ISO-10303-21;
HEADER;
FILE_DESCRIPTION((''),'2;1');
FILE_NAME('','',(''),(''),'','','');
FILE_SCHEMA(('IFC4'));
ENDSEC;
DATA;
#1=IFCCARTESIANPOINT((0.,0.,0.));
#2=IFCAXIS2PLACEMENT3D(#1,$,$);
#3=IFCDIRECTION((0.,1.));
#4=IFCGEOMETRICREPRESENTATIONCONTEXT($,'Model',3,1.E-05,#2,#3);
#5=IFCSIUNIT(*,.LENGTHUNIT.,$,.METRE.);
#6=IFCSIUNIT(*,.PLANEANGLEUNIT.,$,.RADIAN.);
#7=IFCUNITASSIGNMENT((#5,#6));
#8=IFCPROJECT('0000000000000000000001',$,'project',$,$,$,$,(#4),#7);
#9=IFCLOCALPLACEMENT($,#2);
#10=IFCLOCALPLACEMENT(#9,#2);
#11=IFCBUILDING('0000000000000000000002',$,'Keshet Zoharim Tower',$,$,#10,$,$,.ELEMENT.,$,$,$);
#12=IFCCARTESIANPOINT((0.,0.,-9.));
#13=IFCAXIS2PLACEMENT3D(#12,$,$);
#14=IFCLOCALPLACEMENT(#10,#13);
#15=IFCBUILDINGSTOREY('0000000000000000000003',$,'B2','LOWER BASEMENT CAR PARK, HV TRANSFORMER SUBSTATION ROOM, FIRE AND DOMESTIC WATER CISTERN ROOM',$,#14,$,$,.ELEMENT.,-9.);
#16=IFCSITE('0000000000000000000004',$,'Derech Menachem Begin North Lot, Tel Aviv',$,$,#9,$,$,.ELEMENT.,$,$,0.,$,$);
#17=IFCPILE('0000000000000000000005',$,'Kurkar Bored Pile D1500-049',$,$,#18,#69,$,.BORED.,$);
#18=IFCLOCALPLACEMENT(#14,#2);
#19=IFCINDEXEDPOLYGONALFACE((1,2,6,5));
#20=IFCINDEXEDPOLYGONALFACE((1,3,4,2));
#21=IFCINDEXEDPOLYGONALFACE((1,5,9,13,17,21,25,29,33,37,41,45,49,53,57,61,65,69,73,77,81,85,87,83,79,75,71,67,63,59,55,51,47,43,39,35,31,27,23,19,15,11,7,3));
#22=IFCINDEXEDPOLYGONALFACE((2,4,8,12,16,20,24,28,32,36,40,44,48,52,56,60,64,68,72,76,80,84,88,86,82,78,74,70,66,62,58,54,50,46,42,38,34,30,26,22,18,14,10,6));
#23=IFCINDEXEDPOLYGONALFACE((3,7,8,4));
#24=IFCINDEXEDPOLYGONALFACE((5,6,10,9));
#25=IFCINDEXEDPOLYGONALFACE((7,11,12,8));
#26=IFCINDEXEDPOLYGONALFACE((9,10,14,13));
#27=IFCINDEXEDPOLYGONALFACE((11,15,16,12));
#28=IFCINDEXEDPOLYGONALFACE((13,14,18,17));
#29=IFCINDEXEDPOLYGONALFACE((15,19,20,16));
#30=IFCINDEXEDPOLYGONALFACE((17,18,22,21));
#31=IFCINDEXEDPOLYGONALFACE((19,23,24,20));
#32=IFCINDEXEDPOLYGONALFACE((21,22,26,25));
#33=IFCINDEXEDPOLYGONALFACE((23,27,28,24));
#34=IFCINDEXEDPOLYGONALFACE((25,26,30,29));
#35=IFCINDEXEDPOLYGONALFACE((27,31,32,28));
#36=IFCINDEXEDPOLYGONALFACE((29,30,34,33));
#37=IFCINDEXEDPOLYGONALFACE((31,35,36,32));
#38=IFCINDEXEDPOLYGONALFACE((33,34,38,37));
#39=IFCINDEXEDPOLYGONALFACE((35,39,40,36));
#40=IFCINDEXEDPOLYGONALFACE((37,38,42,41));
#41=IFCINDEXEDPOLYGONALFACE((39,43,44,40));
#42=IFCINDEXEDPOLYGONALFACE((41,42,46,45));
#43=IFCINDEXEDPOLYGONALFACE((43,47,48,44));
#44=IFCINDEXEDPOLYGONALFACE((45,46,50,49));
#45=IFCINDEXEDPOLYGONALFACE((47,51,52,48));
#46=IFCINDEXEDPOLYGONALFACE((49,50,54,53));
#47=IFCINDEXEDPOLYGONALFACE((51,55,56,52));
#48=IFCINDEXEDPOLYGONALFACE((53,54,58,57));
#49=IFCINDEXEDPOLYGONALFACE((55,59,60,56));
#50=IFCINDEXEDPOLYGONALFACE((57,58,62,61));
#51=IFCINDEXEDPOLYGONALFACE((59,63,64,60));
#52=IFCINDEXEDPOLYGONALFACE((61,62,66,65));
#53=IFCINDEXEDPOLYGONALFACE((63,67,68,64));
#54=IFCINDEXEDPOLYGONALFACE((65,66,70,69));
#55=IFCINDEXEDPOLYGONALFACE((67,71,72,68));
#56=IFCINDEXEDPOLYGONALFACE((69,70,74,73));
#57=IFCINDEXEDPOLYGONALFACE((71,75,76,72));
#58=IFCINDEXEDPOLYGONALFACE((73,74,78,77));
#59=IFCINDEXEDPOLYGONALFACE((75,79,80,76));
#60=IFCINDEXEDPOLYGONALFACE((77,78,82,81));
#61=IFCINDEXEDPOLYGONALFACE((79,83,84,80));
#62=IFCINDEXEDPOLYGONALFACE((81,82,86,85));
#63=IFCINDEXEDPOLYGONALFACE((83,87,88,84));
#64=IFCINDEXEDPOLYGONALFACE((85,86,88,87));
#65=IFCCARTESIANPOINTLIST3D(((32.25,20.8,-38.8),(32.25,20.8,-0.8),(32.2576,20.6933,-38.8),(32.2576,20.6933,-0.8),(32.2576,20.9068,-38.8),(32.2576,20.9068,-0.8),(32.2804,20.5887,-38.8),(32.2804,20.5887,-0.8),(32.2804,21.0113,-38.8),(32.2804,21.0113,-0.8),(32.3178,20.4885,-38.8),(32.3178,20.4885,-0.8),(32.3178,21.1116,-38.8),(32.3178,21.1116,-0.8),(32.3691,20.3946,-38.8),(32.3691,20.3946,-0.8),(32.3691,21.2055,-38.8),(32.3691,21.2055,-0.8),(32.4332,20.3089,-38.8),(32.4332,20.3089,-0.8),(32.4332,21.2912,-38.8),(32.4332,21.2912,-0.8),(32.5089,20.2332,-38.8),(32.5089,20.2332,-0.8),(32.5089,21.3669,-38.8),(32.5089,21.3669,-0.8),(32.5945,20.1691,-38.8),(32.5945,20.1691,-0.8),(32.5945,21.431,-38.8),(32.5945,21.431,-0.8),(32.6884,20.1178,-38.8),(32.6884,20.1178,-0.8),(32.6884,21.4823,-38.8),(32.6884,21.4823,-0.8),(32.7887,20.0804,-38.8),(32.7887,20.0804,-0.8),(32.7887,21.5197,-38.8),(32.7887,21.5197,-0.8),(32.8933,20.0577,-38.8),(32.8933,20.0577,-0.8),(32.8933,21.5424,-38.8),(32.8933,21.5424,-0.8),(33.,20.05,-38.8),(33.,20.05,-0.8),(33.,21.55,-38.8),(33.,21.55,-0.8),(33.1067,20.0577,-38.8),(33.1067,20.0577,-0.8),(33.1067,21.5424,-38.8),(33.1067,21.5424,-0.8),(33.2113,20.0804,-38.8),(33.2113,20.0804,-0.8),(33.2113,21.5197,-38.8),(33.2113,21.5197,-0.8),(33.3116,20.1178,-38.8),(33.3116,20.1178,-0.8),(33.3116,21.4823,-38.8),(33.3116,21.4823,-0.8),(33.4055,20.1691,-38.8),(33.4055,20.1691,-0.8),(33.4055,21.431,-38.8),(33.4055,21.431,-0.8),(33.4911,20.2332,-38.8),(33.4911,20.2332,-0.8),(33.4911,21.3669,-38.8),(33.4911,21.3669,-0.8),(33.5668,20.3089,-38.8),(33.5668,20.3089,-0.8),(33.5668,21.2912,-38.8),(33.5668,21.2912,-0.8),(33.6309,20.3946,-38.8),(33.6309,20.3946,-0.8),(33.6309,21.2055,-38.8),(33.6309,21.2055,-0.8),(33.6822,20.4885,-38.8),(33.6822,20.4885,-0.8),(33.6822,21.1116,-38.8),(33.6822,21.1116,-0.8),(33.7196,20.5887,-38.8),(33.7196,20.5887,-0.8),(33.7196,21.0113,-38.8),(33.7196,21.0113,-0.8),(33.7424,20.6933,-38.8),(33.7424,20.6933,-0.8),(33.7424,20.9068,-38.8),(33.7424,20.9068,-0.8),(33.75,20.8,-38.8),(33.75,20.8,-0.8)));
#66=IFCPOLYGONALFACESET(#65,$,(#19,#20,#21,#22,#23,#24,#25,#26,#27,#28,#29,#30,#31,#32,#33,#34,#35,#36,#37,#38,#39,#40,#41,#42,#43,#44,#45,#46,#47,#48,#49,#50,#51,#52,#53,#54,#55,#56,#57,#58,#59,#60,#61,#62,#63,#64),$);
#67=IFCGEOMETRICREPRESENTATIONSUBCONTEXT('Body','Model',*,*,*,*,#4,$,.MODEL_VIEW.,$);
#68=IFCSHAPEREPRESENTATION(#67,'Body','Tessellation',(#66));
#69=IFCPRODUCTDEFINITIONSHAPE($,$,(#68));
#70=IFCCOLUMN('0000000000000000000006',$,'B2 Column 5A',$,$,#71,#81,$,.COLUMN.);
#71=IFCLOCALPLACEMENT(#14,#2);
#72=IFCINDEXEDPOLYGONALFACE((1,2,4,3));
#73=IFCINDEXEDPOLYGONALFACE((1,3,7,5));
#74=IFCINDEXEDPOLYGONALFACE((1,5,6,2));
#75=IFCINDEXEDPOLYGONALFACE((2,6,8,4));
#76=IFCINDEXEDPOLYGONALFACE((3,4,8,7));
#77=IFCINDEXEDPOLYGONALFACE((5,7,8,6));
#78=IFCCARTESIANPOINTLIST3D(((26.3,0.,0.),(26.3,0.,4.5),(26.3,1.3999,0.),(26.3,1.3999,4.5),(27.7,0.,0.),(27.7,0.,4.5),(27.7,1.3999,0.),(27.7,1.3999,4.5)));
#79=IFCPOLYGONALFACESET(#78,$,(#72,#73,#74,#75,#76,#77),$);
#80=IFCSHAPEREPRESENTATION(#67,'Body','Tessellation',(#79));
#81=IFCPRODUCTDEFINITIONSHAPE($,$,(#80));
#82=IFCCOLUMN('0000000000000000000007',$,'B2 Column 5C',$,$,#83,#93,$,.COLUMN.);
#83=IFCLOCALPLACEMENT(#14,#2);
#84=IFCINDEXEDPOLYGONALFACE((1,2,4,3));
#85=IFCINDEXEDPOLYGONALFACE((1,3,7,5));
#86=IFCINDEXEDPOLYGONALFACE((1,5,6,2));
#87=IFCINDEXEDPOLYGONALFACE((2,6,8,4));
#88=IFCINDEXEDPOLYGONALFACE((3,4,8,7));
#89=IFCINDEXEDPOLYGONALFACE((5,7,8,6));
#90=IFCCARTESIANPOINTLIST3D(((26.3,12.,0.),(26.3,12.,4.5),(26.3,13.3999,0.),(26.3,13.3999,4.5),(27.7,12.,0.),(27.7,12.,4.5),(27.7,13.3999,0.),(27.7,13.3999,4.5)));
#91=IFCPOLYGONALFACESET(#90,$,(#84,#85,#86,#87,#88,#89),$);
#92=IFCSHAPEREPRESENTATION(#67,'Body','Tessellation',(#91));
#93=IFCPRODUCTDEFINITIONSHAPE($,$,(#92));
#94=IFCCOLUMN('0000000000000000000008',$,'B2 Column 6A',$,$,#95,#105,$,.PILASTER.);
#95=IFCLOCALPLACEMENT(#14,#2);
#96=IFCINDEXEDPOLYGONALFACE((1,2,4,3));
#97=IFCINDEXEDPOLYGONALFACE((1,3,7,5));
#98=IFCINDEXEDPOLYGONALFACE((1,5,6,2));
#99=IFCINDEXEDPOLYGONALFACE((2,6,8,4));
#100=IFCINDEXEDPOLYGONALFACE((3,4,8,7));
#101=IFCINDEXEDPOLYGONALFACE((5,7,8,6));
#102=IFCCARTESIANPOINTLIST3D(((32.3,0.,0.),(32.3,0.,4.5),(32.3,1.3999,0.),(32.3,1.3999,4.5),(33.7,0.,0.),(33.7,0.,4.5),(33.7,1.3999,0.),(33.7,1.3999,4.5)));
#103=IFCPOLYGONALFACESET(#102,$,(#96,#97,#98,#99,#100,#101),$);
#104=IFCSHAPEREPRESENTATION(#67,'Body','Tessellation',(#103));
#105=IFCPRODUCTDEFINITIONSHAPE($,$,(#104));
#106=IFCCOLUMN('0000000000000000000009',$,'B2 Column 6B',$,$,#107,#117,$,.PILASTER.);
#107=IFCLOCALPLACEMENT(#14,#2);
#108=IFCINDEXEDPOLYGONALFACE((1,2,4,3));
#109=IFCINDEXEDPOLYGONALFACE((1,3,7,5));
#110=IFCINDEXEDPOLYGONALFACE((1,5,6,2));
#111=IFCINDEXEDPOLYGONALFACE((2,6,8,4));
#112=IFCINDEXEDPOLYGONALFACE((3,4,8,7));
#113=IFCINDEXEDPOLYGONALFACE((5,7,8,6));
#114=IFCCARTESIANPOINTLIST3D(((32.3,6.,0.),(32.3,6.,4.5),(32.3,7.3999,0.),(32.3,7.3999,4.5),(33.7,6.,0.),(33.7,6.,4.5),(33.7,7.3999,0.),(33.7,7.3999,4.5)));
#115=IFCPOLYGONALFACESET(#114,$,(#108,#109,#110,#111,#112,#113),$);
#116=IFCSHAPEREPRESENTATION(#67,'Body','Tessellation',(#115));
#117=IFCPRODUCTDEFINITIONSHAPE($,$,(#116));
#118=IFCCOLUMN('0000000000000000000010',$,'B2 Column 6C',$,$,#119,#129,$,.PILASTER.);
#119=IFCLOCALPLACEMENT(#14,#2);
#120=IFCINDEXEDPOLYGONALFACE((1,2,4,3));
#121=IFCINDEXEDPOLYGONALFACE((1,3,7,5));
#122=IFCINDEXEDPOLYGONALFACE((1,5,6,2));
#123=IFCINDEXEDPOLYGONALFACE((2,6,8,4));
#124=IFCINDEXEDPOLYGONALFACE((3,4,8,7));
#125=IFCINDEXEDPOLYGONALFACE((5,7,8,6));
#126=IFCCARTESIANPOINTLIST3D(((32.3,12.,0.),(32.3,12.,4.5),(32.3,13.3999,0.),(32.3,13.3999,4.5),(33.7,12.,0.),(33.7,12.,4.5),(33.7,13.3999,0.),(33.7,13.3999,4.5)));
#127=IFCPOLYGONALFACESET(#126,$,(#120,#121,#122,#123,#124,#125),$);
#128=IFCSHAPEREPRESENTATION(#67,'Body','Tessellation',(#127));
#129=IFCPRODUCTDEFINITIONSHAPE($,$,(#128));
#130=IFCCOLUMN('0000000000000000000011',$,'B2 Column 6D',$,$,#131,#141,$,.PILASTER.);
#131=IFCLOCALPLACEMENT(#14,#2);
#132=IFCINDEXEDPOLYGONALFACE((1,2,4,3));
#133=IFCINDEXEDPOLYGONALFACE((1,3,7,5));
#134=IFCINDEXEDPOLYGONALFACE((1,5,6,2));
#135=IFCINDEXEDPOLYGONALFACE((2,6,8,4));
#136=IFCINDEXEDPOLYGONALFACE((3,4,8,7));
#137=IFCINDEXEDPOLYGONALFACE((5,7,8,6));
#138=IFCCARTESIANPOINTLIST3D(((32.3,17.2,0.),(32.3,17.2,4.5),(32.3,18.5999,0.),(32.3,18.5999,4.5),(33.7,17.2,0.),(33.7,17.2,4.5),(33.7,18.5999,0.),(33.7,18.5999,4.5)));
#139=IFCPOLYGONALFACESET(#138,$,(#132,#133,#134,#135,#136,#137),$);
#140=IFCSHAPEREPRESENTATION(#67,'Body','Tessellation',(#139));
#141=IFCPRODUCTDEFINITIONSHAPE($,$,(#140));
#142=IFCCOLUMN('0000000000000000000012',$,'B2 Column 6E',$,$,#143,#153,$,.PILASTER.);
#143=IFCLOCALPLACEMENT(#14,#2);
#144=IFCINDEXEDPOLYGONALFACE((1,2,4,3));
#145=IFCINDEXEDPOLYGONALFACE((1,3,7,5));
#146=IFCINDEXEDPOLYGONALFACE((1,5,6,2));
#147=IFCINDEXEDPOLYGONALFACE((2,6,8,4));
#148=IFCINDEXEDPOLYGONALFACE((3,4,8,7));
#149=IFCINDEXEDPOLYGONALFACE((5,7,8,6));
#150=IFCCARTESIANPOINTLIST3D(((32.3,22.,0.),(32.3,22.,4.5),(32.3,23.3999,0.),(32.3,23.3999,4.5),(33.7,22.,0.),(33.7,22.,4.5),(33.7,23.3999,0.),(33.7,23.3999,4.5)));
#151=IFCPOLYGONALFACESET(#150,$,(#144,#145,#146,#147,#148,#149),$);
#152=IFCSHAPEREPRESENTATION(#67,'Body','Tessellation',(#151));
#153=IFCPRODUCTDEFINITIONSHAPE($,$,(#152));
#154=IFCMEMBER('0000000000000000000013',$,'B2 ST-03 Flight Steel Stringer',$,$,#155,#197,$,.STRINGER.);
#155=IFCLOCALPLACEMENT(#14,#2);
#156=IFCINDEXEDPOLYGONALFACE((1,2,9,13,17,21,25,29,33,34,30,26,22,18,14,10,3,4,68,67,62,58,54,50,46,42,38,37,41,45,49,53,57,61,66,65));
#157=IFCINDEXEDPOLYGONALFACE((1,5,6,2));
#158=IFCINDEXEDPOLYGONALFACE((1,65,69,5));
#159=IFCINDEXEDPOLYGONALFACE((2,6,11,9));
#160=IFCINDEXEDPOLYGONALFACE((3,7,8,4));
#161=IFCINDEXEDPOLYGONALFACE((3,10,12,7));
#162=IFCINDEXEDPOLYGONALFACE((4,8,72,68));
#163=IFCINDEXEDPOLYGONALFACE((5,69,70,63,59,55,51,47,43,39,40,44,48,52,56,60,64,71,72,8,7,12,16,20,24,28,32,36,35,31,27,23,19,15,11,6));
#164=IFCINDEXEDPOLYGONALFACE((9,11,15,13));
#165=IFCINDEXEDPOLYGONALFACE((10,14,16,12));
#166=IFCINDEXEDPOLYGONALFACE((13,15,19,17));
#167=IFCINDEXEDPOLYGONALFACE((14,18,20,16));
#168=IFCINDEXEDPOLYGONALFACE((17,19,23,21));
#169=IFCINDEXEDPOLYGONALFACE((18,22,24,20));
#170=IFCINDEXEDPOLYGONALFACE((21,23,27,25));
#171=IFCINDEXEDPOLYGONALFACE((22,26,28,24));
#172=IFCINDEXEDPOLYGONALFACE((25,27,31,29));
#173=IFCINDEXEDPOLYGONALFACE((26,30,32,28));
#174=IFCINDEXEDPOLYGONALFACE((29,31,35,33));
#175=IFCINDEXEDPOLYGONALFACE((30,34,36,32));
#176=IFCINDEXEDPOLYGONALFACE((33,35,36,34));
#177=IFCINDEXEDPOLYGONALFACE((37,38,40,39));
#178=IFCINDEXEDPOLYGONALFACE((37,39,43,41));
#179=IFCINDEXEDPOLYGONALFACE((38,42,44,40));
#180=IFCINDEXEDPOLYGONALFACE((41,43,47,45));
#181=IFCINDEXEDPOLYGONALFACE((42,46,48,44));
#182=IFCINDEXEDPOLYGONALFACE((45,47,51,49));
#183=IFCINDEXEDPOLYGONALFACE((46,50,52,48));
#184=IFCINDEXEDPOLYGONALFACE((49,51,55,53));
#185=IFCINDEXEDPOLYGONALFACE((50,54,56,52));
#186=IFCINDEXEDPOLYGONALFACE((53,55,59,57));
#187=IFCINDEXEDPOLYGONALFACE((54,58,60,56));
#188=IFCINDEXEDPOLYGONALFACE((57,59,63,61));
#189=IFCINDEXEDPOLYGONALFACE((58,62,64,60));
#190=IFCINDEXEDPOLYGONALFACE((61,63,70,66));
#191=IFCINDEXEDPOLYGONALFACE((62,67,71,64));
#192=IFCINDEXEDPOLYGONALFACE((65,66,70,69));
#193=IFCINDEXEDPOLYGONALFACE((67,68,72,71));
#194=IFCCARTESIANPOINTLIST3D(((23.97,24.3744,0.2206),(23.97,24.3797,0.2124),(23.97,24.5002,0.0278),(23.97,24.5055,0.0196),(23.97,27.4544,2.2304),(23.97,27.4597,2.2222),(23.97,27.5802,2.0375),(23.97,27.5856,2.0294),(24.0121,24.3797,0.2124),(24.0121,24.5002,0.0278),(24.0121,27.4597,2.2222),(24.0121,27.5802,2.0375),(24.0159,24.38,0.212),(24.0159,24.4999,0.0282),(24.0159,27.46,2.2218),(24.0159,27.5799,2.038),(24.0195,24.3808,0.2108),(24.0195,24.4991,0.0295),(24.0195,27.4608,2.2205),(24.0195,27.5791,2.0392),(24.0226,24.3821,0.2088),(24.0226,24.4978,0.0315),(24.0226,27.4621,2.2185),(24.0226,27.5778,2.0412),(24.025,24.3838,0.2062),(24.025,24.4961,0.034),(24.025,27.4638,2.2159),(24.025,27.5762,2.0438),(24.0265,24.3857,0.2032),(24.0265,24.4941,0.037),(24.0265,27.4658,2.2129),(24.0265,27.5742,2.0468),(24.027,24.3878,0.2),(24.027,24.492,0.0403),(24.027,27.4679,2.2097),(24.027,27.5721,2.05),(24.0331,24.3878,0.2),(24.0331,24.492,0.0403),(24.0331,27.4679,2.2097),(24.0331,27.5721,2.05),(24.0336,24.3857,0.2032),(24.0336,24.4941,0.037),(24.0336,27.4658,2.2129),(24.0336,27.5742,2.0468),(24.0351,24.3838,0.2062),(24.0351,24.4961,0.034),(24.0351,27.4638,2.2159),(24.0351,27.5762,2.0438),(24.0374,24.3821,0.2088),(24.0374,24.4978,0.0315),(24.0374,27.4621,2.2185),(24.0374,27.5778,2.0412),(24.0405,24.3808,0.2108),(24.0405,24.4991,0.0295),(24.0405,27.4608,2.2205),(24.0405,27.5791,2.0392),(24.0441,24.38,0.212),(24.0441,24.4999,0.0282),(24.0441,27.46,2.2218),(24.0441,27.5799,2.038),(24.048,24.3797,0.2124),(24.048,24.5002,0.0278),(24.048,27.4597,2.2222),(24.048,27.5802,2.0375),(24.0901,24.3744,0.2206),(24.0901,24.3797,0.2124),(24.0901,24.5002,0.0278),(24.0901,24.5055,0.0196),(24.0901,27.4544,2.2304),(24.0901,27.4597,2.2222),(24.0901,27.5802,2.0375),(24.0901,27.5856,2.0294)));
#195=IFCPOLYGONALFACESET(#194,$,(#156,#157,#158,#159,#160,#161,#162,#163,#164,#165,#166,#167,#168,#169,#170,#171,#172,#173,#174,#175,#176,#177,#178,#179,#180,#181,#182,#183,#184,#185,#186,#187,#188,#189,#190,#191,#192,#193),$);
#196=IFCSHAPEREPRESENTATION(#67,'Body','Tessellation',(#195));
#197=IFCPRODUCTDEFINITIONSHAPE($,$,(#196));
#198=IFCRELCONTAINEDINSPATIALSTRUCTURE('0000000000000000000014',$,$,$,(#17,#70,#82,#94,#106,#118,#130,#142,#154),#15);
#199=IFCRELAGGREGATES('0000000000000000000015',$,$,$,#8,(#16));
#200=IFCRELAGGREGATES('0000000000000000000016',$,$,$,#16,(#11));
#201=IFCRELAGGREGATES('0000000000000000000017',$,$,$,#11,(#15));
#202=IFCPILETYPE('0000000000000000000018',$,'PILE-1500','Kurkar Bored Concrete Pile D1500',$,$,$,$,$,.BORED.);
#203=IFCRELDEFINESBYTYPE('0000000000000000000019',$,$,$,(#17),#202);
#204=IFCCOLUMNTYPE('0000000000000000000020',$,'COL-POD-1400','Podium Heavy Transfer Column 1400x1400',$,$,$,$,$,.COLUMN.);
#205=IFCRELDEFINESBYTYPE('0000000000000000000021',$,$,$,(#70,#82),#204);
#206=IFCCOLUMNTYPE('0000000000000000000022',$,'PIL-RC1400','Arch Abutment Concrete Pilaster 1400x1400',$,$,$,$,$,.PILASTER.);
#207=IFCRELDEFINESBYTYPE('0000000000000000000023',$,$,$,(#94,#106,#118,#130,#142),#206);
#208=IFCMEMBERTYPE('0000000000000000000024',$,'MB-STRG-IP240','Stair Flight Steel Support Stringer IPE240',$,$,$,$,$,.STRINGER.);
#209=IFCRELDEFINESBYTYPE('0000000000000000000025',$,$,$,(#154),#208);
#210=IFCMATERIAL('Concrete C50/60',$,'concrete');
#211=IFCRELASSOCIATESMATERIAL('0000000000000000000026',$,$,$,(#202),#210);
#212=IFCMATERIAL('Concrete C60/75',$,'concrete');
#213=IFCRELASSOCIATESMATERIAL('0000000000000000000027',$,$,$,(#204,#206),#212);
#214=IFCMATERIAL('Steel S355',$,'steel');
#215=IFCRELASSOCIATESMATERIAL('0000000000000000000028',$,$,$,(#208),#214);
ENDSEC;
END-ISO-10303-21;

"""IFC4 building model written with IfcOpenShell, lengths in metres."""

from ifc_helpers import new_model, si_unit, direction, frame, origin, origin_2d, place, context, subcontext, project, spatial, rectangle, circle, i_section, extrude, material, material_profile, profile_set, type_object, element, save


model = new_model("IFC4")

# Units and contexts
model_context = context("Model", 3, precision=1e-05, world=origin(), true_north=direction((0.0, 1.0)))
body_context = subcontext(model_context, "Body", "Model", "MODEL_VIEW")
ifc_project = project(units=[si_unit("LENGTHUNIT", "METRE"), si_unit("PLANEANGLEUNIT", "RADIAN")], contexts=[model_context])

# Site, building, storey
site_placement = place(None, origin())
site = spatial("IfcSite", under=ifc_project, at=site_placement, Name="Derech Menachem Begin North Lot, Tel Aviv", CompositionType="ELEMENT", RefElevation=0.0)
building_placement = place(site_placement, origin())
building = spatial("IfcBuilding", under=site, at=building_placement, Name="Keshet Zoharim Tower", CompositionType="ELEMENT")
storey_placement = place(building_placement, frame((0.0, 0.0, -9.0)))
storey = spatial("IfcBuildingStorey", under=building, at=storey_placement, Name="B2", Description="LOWER BASEMENT CAR PARK, HV TRANSFORMER SUBSTATION ROOM, FIRE AND DOMESTIC WATER CISTERN ROOM", CompositionType="ELEMENT", Elevation=-9.0)

# Pile
ifc_material_1 = material(Name="Concrete C50/60", Category="concrete")
ifc_material_profile_1 = material_profile(ifc_material_1, circle(Radius=0.75, at=origin_2d()), Name="PILE-D1500")
ifc_profile_set_1 = profile_set([ifc_material_profile_1], Name="Concrete C50/60")
pile_type_1 = type_object("IfcPileType", Name="PILE-1500", Description="Kurkar Bored Concrete Pile D1500", PredefinedType="BORED", material=ifc_profile_set_1)
for number, where, z_axis, x_axis, name in (
    (1, (33.0, 20.8, -0.8), (0.0, 0.0, -1.0), (1.0, 0.0, 0.0), "Kurkar Bored Pile D1500-049"),
):
    element("IfcPile", number, at=place(storey_placement, frame(where, z_axis=z_axis, x_axis=x_axis)), inside=storey, type_object=pile_type_1, Name=name, PredefinedType="BORED", context=body_context, shape_type="SweptSolid", body=[
        extrude(circle(Radius=0.75, at=origin_2d()), origin(), (0.0, 0.0, 1.0), 38.0),
    ])

# Columns
ifc_material_2 = material(Name="Concrete C60/75", Category="concrete")
ifc_material_profile_2 = material_profile(ifc_material_2, rectangle(XDim=1.3999, YDim=1.3999, at=origin_2d()), Name="RC1400x1400")
ifc_profile_set_2 = profile_set([ifc_material_profile_2], Name="Concrete C60/75")
column_type_1 = type_object("IfcColumnType", Name="COL-POD-1400", Description="Podium Heavy Transfer Column 1400x1400", PredefinedType="COLUMN", material=ifc_profile_set_2)
for number, where, z_axis, x_axis, name in (
    (2, (27.0, 0.7, 0.0), (0.0, 0.0, 1.0), (1.0, 0.0, 0.0), "B2 Column 5A"),
    (3, (27.0, 12.7, 0.0), (0.0, 0.0, 1.0), (1.0, 0.0, 0.0), "B2 Column 5C"),
):
    element("IfcColumn", number, at=place(storey_placement, frame(where, z_axis=z_axis, x_axis=x_axis)), inside=storey, type_object=column_type_1, Name=name, PredefinedType="COLUMN", context=body_context, shape_type="SweptSolid", body=[
        extrude(rectangle(XDim=1.3999, YDim=1.3999, at=origin_2d()), origin(), (0.0, 0.0, 1.0), 4.5),
    ])
ifc_material_profile_3 = material_profile(ifc_material_2, rectangle(XDim=1.3999, YDim=1.3999, at=origin_2d()), Name="RC1400x1400")
ifc_profile_set_3 = profile_set([ifc_material_profile_3], Name="Concrete C60/75")
column_type_2 = type_object("IfcColumnType", Name="PIL-RC1400", Description="Arch Abutment Concrete Pilaster 1400x1400", PredefinedType="PILASTER", material=ifc_profile_set_3)
for number, where, z_axis, x_axis, name in (
    (4, (33.0, 0.7, 0.0), (0.0, 0.0, 1.0), (1.0, 0.0, 0.0), "B2 Column 6A"),
    (5, (33.0, 6.7, 0.0), (0.0, 0.0, 1.0), (1.0, 0.0, 0.0), "B2 Column 6B"),
    (6, (33.0, 12.7, 0.0), (0.0, 0.0, 1.0), (1.0, 0.0, 0.0), "B2 Column 6C"),
    (7, (33.0, 17.8999, 0.0), (0.0, 0.0, 1.0), (1.0, 0.0, 0.0), "B2 Column 6D"),
    (8, (33.0, 22.7, 0.0), (0.0, 0.0, 1.0), (1.0, 0.0, 0.0), "B2 Column 6E"),
):
    element("IfcColumn", number, at=place(storey_placement, frame(where, z_axis=z_axis, x_axis=x_axis)), inside=storey, type_object=column_type_2, Name=name, PredefinedType="PILASTER", context=body_context, shape_type="SweptSolid", body=[
        extrude(rectangle(XDim=1.3999, YDim=1.3999, at=origin_2d()), origin(), (0.0, 0.0, 1.0), 4.5),
    ])

# Member
ifc_material_3 = material(Name="Steel S355", Category="steel")
ifc_material_profile_4 = material_profile(ifc_material_3, i_section(OverallWidth=0.1201, OverallDepth=0.24, WebThickness=0.0061, FlangeThickness=0.0098, FilletRadius=0.0149, at=origin_2d()), Name="IPE240")
ifc_profile_set_4 = profile_set([ifc_material_profile_4], Name="Steel S355")
member_type = type_object("IfcMemberType", Name="MB-STRG-IP240", Description="Stair Flight Steel Support Stringer IPE240", PredefinedType="STRINGER", material=ifc_profile_set_4)
member_placement = place(storey_placement, frame((24.03, 24.4399, 0.1201), z_axis=(0.0, 0.837484, 0.546462), x_axis=(-1.0, 0.0, 0.0)))
element("IfcMember", 9, at=member_placement, inside=storey, type_object=member_type, Name="B2 ST-03 Flight Steel Stringer", PredefinedType="STRINGER", context=body_context, shape_type="SweptSolid", body=[
    extrude(i_section(OverallWidth=0.1201, OverallDepth=0.24, WebThickness=0.0061, FlangeThickness=0.0098, FilletRadius=0.0149, at=origin_2d()), origin(), (0.0, 0.0, 1.0), 3.6777),
])

save(model, "model.ifc")
